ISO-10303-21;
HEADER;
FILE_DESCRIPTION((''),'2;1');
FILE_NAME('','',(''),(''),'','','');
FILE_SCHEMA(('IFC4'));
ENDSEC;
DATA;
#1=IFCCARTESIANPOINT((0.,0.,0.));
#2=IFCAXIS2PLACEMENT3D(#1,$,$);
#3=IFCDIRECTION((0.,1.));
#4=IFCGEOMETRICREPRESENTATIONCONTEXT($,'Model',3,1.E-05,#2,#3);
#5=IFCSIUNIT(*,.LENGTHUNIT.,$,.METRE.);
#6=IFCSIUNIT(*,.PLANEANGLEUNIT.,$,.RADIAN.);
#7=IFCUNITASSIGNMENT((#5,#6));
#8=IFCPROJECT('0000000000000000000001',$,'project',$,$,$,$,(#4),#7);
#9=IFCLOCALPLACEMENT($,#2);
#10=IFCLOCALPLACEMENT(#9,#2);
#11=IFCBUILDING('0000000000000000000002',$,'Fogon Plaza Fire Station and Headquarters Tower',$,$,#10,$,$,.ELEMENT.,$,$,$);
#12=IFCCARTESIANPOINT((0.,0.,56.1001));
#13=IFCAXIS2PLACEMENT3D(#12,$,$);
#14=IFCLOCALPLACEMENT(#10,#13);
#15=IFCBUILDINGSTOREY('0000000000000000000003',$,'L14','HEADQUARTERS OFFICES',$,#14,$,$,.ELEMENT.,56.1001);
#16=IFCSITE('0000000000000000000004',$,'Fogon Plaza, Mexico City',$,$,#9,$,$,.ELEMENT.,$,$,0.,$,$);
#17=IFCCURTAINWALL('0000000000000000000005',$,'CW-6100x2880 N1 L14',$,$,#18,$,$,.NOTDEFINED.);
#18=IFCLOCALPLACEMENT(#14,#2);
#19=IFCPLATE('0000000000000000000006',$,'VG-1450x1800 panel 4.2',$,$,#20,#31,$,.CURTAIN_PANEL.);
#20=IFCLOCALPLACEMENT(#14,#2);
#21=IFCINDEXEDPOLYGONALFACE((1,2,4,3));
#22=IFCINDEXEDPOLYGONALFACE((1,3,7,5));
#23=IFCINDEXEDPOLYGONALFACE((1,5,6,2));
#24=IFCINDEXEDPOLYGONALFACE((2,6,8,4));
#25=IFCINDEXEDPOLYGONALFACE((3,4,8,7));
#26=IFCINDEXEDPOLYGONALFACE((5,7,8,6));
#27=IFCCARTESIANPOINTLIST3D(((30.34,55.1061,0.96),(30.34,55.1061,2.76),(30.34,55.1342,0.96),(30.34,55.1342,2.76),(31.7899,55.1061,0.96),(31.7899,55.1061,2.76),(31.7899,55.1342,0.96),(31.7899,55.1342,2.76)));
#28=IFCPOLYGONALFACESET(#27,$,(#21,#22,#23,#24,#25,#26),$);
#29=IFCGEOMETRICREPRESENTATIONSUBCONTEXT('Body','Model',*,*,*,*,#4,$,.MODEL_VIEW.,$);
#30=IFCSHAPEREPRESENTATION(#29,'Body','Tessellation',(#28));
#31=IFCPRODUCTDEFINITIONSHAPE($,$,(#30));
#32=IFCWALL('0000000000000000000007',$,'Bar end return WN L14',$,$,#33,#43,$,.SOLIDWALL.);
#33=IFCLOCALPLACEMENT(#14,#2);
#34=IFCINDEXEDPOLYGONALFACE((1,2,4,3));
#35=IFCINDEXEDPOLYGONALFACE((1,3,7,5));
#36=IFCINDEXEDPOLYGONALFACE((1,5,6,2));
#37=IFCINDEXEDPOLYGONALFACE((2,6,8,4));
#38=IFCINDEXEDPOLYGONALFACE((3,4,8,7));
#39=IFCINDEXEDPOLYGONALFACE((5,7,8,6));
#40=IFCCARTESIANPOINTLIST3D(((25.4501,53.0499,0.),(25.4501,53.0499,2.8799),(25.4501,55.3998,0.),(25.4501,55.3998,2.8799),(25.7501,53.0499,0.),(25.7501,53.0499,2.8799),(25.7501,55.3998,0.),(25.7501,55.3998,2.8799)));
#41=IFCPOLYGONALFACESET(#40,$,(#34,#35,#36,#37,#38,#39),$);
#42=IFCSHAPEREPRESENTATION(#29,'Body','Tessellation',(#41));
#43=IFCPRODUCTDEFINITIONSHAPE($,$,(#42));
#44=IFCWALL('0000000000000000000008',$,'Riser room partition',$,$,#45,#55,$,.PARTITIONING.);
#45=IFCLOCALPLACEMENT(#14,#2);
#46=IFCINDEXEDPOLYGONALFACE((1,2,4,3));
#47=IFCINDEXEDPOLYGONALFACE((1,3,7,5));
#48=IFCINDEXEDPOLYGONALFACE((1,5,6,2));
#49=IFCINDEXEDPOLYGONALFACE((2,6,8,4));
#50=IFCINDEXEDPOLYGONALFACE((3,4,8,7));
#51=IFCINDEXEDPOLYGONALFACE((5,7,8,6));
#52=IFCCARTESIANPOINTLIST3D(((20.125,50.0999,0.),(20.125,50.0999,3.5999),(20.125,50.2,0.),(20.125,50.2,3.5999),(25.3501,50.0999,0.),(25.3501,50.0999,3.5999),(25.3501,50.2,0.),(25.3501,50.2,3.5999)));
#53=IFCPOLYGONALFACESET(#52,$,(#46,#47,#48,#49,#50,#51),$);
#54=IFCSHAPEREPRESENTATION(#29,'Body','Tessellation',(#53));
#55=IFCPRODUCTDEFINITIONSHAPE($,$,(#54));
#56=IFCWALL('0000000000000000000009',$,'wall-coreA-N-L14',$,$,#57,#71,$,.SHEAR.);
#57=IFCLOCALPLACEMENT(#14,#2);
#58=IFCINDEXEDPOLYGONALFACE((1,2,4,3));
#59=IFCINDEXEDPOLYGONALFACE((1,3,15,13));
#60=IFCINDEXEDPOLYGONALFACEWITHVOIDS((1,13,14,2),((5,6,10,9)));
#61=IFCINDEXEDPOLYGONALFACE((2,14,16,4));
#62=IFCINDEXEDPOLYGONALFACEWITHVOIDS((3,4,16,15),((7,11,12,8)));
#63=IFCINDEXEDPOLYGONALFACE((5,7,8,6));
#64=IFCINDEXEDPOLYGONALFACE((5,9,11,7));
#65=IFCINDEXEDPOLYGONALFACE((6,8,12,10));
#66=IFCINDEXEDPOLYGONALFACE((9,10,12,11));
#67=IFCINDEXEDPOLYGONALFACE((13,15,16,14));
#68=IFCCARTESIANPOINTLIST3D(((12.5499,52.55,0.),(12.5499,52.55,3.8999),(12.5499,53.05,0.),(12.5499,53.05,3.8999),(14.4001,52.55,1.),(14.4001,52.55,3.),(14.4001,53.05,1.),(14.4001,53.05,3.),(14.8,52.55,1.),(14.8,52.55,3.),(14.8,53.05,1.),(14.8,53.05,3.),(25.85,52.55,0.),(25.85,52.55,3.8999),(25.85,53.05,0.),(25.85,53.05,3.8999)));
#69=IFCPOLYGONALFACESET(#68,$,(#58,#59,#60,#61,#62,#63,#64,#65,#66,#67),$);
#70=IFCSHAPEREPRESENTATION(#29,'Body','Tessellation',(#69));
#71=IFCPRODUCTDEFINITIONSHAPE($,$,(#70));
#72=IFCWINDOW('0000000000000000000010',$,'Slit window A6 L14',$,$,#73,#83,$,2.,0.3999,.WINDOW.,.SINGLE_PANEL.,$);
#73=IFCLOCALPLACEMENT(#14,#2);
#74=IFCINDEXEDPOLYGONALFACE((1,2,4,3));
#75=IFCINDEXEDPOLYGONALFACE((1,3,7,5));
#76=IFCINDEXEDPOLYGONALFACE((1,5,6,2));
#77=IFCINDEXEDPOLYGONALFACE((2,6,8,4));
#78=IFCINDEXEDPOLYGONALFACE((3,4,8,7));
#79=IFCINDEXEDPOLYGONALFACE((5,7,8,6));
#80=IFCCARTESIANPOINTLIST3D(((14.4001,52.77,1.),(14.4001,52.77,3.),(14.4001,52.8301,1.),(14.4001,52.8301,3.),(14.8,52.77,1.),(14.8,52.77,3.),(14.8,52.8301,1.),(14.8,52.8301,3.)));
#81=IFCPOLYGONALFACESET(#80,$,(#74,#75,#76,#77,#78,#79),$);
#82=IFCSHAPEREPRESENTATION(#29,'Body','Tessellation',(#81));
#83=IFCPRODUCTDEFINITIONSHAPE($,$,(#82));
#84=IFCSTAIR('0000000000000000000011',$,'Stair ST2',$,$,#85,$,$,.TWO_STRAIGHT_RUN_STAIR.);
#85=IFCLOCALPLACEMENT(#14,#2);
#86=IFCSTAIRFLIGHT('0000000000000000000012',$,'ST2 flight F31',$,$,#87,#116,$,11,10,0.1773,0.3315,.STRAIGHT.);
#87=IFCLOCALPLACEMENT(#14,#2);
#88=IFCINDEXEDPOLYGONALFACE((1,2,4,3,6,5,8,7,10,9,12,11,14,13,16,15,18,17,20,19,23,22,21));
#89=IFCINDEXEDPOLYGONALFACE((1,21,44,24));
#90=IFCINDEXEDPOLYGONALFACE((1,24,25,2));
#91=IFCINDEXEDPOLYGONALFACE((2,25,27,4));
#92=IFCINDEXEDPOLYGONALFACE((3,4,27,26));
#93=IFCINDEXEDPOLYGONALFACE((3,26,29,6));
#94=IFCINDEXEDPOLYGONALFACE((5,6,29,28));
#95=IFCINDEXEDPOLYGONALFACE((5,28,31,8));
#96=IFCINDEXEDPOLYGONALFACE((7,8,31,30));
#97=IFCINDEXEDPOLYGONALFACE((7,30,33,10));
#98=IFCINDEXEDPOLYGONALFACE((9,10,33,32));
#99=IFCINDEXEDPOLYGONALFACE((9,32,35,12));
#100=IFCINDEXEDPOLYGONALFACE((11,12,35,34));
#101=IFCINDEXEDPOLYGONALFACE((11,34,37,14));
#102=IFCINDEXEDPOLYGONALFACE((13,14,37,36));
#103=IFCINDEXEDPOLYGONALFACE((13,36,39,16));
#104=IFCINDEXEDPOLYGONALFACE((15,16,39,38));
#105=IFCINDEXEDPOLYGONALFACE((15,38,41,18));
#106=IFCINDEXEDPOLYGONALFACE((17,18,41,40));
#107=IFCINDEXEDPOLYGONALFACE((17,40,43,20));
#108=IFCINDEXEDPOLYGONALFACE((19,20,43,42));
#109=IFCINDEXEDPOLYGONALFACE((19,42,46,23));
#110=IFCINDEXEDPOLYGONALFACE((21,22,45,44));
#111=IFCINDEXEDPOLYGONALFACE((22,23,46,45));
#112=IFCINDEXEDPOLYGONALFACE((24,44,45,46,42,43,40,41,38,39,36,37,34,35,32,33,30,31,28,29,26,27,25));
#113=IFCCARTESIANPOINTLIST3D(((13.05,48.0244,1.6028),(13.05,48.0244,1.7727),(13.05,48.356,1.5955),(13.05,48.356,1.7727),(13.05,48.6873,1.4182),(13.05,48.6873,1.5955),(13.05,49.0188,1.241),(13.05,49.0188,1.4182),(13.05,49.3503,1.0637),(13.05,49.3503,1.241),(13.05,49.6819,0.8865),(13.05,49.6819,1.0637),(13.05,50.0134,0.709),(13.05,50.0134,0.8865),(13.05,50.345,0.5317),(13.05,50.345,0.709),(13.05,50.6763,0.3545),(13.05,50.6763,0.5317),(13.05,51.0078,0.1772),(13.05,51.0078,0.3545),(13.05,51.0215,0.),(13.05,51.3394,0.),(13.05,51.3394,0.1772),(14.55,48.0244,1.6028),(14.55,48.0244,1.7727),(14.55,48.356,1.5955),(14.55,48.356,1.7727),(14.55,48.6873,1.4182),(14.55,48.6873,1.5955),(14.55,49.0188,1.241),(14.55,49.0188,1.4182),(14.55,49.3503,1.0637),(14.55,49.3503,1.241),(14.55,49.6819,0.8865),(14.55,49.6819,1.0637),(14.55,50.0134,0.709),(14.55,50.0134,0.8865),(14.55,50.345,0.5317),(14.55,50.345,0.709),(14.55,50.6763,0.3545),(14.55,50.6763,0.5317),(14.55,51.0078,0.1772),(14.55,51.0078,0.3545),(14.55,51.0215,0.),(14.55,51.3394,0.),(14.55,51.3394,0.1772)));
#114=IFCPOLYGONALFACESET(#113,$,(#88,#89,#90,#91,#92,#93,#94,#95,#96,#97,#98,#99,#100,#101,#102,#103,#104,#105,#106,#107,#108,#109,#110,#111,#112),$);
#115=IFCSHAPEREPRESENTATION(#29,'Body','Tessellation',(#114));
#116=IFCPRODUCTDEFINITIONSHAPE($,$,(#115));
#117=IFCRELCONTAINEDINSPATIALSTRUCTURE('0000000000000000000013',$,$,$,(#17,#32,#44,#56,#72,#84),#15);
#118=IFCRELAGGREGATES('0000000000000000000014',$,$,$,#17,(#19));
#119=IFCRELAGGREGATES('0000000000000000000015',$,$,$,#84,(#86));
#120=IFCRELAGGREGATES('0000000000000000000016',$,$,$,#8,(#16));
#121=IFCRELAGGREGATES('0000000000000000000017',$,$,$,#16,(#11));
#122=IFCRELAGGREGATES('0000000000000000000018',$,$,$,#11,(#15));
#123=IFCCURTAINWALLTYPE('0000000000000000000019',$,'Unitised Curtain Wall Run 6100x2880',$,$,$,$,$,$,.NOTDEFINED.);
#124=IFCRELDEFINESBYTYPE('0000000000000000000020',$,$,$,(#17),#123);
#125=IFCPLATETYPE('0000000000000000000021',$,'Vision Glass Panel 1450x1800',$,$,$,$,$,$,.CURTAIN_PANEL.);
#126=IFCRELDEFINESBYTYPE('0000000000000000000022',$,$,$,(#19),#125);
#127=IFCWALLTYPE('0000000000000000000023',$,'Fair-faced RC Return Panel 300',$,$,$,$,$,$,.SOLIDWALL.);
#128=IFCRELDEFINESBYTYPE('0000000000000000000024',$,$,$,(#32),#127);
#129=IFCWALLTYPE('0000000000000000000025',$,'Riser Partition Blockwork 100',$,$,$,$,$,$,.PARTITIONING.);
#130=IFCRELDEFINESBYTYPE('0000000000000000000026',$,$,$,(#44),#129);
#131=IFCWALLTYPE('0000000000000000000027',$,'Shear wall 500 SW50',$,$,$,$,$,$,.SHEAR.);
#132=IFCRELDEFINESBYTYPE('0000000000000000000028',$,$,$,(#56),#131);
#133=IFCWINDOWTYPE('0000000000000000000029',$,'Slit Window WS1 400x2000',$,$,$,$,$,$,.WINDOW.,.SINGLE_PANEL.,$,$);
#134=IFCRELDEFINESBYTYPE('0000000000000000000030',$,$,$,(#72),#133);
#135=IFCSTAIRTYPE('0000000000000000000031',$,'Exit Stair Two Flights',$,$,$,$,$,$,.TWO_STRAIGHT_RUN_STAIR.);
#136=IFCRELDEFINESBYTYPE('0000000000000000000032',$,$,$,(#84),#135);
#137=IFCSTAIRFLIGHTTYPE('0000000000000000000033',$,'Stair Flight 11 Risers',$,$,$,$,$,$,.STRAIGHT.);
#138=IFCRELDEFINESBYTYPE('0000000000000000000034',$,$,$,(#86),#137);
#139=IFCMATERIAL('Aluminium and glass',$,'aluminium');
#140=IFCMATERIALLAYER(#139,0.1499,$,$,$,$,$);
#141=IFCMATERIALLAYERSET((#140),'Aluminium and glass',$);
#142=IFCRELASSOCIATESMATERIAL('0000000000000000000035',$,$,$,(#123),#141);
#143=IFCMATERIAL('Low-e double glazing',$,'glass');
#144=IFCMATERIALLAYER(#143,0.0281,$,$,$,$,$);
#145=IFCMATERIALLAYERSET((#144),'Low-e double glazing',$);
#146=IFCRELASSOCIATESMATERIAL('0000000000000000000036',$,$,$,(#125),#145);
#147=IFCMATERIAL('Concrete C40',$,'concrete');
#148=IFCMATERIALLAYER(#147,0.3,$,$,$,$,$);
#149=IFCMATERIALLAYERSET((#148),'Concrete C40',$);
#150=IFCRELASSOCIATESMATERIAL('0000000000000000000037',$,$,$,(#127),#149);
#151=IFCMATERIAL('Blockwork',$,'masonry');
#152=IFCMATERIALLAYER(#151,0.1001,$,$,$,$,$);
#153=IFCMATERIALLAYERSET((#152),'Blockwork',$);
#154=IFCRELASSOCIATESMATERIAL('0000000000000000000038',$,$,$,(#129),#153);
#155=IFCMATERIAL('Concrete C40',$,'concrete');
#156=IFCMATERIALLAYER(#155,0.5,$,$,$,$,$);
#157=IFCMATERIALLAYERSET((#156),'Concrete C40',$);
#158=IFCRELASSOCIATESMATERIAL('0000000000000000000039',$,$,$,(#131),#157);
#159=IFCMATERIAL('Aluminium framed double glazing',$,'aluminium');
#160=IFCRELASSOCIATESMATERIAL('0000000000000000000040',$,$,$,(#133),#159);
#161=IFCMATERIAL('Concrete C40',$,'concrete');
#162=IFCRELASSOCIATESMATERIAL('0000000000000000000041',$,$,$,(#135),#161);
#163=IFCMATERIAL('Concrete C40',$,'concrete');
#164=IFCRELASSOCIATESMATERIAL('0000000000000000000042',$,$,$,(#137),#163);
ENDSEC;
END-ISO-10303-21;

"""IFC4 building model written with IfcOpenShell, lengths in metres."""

from ifc_helpers import new_model, si_unit, direction, frame, frame_2d, origin, origin_2d, place, context, subcontext, project, spatial, polyline, rectangle, outline, extrude, material, layer, layer_set, type_object, element, fill, aggregate, save


model = new_model("IFC4")

# Units and contexts
model_context = context("Model", 3, precision=1e-05, world=origin(), true_north=direction((0.0, 1.0)))
body_context = subcontext(model_context, "Body", "Model", "MODEL_VIEW")
ifc_project = project(units=[si_unit("LENGTHUNIT", "METRE"), si_unit("PLANEANGLEUNIT", "RADIAN")], contexts=[model_context])

# Site, building, storey
site_placement = place(None, origin())
site = spatial("IfcSite", under=ifc_project, at=site_placement, Name="Fogon Plaza, Mexico City", CompositionType="ELEMENT", RefElevation=0.0)
building_placement = place(site_placement, origin())
building = spatial("IfcBuilding", under=site, at=building_placement, Name="Fogon Plaza Fire Station and Headquarters Tower", CompositionType="ELEMENT")
storey_placement = place(building_placement, frame((0.0, 0.0, 56.1001)))
storey = spatial("IfcBuildingStorey", under=building, at=storey_placement, Name="L14", Description="HEADQUARTERS OFFICES", CompositionType="ELEMENT", Elevation=56.1001)

# Curtain wall
ifc_material_1 = material(Name="Aluminium and glass", Category="aluminium")
ifc_layer_1 = layer(ifc_material_1, 0.1499)
ifc_layer_set_1 = layer_set([ifc_layer_1], Name="Aluminium and glass")
curtain_wall_type = type_object("IfcCurtainWallType", Name="Unitised Curtain Wall Run 6100x2880", PredefinedType="NOTDEFINED", material=ifc_layer_set_1)
curtain_wall_placement = place(storey_placement, origin())
curtain_wall = element("IfcCurtainWall", 1, at=curtain_wall_placement, inside=storey, type_object=curtain_wall_type, Name="CW-6100x2880 N1 L14", PredefinedType="NOTDEFINED")

# Plate
ifc_material_2 = material(Name="Low-e double glazing", Category="glass")
ifc_layer_2 = layer(ifc_material_2, 0.0281)
ifc_layer_set_2 = layer_set([ifc_layer_2], Name="Low-e double glazing")
plate_type_1 = type_object("IfcPlateType", Name="Vision Glass Panel 1450x1800", PredefinedType="CURTAIN_PANEL", material=ifc_layer_set_2)
plate_1_placement = place(storey_placement, frame((31.0649, 55.1201, 0.96), z_axis=(0.0, 0.0, 1.0), x_axis=(1.0, 0.0, 0.0)))
plate_1 = element("IfcPlate", 2, at=plate_1_placement, type_object=plate_type_1, Name="VG-1450x1800 panel 4.2", PredefinedType="CURTAIN_PANEL", context=body_context, shape_type="SweptSolid", body=[
    extrude(rectangle(XDim=1.45, YDim=0.0281, at=origin_2d()), origin(), (0.0, 0.0, 1.0), 1.8),
])
aggregate(curtain_wall, [plate_1])

# Walls
ifc_material_3 = material(Name="Concrete C40", Category="concrete")
ifc_layer_3 = layer(ifc_material_3, 0.3)
ifc_layer_set_3 = layer_set([ifc_layer_3], Name="Concrete C40")
wall_type_1 = type_object("IfcWallType", Name="Fair-faced RC Return Panel 300", PredefinedType="SOLIDWALL", material=ifc_layer_set_3)
wall_1_placement = place(storey_placement, frame((25.6001, 53.05, 0.0), z_axis=(0.0, 0.0, 1.0), x_axis=(0.0, 1.0, 0.0)))
element("IfcWall", 3, at=wall_1_placement, inside=storey, type_object=wall_type_1, Name="Bar end return WN L14", PredefinedType="SOLIDWALL", context=body_context, shape_type="SweptSolid", body=[
    extrude(rectangle(XDim=2.3499, YDim=0.3, at=frame_2d((1.1748, 0.0))), origin(), (0.0, 0.0, 1.0), 2.8799),
])
ifc_material_4 = material(Name="Blockwork", Category="masonry")
ifc_layer_4 = layer(ifc_material_4, 0.1001)
ifc_layer_set_4 = layer_set([ifc_layer_4], Name="Blockwork")
wall_type_2 = type_object("IfcWallType", Name="Riser Partition Blockwork 100", PredefinedType="PARTITIONING", material=ifc_layer_set_4)
wall_2_placement = place(storey_placement, frame((20.125, 50.1499, 0.0), z_axis=(0.0, 0.0, 1.0), x_axis=(1.0, 0.0, 0.0)))
element("IfcWall", 4, at=wall_2_placement, inside=storey, type_object=wall_type_2, Name="Riser room partition", PredefinedType="PARTITIONING", context=body_context, shape_type="SweptSolid", body=[
    extrude(rectangle(XDim=5.2251, YDim=0.1001, at=frame_2d((2.6125, 0.0))), origin(), (0.0, 0.0, 1.0), 3.5999),
])

# Wall, opening, window
ifc_material_5 = material(Name="Concrete C40", Category="concrete")
ifc_layer_5 = layer(ifc_material_5, 0.5)
ifc_layer_set_5 = layer_set([ifc_layer_5], Name="Concrete C40")
wall_type_3 = type_object("IfcWallType", Name="Shear wall 500 SW50", PredefinedType="SHEAR", material=ifc_layer_set_5)
wall_3_placement = place(storey_placement, frame((12.55, 52.8, 0.0), z_axis=(0.0, 0.0, 1.0), x_axis=(1.0, 0.0, 0.0)))
wall_3 = element("IfcWall", 5, at=wall_3_placement, inside=storey, type_object=wall_type_3, Name="wall-coreA-N-L14", PredefinedType="SHEAR", context=body_context, shape_type="SweptSolid", body=[
    extrude(rectangle(XDim=13.3, YDim=0.5, at=frame_2d((6.6499, 0.0))), origin(), (0.0, 0.0, 1.0), 3.8999),
])
opening_placement = place(wall_3_placement, frame((1.8501, 0.0, 1.0)))
opening = element("IfcOpeningElement", 6, at=opening_placement, cuts=wall_3, PredefinedType="OPENING", context=body_context, shape_type="SweptSolid", body=[
    extrude(rectangle(XDim=0.3999, YDim=2.0, at=frame_2d((0.2, 1.0))), frame((0.0, 0.26, 0.0), z_axis=(0.0, -1.0, 0.0), x_axis=(1.0, 0.0, 0.0)), (0.0, 0.0, 1.0), 0.52),
])
ifc_material_6 = material(Name="Aluminium framed double glazing", Category="aluminium")
window_type = type_object("IfcWindowType", Name="Slit Window WS1 400x2000", PartitioningType="SINGLE_PANEL", PredefinedType="WINDOW", material=ifc_material_6)
window_placement = place(opening_placement, origin())
window = element("IfcWindow", 7, at=window_placement, inside=storey, type_object=window_type, Name="Slit window A6 L14", OverallHeight=2.0, OverallWidth=0.3999, PartitioningType="SINGLE_PANEL", PredefinedType="WINDOW", context=body_context, shape_type="SweptSolid", body=[
    extrude(rectangle(XDim=0.3999, YDim=2.0, at=frame_2d((0.2, 1.0))), frame((0.0, 0.03, 0.0), z_axis=(0.0, -1.0, 0.0), x_axis=(1.0, 0.0, 0.0)), (0.0, 0.0, 1.0), 0.0601),
])
fill(opening, window)

# Stair, stair flight
ifc_material_7 = material(Name="Concrete C40", Category="concrete")
stair_type = type_object("IfcStairType", Name="Exit Stair Two Flights", PredefinedType="TWO_STRAIGHT_RUN_STAIR", material=ifc_material_7)
stair_placement = place(storey_placement, origin())
stair = element("IfcStair", 8, at=stair_placement, inside=storey, type_object=stair_type, Name="Stair ST2", PredefinedType="TWO_STRAIGHT_RUN_STAIR")
ifc_material_8 = material(Name="Concrete C40", Category="concrete")
stair_flight_type = type_object("IfcStairFlightType", Name="Stair Flight 11 Risers", PredefinedType="STRAIGHT", material=ifc_material_8)
stair_flight_placement = place(storey_placement, frame((13.8, 51.3394, 0.0), z_axis=(0.0, 0.0, 1.0), x_axis=(0.0, -1.0, 0.0)))
stair_flight = element("IfcStairFlight", 9, at=stair_flight_placement, type_object=stair_flight_type, Name="ST2 flight F31", NumberOfRisers=11, NumberOfTreads=10, PredefinedType="STRAIGHT", RiserHeight=0.1773, TreadLength=0.3315, context=body_context, shape_type="SweptSolid", body=[
    extrude(outline(polyline([(0.0, 0.0), (0.0, 0.1772), (0.3315, 0.1772), (0.3315, 0.3545), (0.6631, 0.3545), (0.6631, 0.5317), (0.9944, 0.5317), (0.9944, 0.709), (1.3259, 0.709), (1.3259, 0.8865), (1.6575, 0.8865), (1.6575, 1.0637), (1.989, 1.0637), (1.989, 1.241), (2.3206, 1.241), (2.3206, 1.4182), (2.6521, 1.4182), (2.6521, 1.5955), (2.9834, 1.5955), (2.9834, 1.7727), (3.3149, 1.7727), (3.3149, 1.95), (3.3149, 1.6028), (0.3179, 0.0), (0.0, 0.0)])), frame((0.0, 0.75, 0.0), z_axis=(0.0, -1.0, 0.0), x_axis=(1.0, 0.0, 0.0)), (0.0, 0.0, 1.0), 1.5),
])
aggregate(stair, [stair_flight])

save(model, "model.ifc")
